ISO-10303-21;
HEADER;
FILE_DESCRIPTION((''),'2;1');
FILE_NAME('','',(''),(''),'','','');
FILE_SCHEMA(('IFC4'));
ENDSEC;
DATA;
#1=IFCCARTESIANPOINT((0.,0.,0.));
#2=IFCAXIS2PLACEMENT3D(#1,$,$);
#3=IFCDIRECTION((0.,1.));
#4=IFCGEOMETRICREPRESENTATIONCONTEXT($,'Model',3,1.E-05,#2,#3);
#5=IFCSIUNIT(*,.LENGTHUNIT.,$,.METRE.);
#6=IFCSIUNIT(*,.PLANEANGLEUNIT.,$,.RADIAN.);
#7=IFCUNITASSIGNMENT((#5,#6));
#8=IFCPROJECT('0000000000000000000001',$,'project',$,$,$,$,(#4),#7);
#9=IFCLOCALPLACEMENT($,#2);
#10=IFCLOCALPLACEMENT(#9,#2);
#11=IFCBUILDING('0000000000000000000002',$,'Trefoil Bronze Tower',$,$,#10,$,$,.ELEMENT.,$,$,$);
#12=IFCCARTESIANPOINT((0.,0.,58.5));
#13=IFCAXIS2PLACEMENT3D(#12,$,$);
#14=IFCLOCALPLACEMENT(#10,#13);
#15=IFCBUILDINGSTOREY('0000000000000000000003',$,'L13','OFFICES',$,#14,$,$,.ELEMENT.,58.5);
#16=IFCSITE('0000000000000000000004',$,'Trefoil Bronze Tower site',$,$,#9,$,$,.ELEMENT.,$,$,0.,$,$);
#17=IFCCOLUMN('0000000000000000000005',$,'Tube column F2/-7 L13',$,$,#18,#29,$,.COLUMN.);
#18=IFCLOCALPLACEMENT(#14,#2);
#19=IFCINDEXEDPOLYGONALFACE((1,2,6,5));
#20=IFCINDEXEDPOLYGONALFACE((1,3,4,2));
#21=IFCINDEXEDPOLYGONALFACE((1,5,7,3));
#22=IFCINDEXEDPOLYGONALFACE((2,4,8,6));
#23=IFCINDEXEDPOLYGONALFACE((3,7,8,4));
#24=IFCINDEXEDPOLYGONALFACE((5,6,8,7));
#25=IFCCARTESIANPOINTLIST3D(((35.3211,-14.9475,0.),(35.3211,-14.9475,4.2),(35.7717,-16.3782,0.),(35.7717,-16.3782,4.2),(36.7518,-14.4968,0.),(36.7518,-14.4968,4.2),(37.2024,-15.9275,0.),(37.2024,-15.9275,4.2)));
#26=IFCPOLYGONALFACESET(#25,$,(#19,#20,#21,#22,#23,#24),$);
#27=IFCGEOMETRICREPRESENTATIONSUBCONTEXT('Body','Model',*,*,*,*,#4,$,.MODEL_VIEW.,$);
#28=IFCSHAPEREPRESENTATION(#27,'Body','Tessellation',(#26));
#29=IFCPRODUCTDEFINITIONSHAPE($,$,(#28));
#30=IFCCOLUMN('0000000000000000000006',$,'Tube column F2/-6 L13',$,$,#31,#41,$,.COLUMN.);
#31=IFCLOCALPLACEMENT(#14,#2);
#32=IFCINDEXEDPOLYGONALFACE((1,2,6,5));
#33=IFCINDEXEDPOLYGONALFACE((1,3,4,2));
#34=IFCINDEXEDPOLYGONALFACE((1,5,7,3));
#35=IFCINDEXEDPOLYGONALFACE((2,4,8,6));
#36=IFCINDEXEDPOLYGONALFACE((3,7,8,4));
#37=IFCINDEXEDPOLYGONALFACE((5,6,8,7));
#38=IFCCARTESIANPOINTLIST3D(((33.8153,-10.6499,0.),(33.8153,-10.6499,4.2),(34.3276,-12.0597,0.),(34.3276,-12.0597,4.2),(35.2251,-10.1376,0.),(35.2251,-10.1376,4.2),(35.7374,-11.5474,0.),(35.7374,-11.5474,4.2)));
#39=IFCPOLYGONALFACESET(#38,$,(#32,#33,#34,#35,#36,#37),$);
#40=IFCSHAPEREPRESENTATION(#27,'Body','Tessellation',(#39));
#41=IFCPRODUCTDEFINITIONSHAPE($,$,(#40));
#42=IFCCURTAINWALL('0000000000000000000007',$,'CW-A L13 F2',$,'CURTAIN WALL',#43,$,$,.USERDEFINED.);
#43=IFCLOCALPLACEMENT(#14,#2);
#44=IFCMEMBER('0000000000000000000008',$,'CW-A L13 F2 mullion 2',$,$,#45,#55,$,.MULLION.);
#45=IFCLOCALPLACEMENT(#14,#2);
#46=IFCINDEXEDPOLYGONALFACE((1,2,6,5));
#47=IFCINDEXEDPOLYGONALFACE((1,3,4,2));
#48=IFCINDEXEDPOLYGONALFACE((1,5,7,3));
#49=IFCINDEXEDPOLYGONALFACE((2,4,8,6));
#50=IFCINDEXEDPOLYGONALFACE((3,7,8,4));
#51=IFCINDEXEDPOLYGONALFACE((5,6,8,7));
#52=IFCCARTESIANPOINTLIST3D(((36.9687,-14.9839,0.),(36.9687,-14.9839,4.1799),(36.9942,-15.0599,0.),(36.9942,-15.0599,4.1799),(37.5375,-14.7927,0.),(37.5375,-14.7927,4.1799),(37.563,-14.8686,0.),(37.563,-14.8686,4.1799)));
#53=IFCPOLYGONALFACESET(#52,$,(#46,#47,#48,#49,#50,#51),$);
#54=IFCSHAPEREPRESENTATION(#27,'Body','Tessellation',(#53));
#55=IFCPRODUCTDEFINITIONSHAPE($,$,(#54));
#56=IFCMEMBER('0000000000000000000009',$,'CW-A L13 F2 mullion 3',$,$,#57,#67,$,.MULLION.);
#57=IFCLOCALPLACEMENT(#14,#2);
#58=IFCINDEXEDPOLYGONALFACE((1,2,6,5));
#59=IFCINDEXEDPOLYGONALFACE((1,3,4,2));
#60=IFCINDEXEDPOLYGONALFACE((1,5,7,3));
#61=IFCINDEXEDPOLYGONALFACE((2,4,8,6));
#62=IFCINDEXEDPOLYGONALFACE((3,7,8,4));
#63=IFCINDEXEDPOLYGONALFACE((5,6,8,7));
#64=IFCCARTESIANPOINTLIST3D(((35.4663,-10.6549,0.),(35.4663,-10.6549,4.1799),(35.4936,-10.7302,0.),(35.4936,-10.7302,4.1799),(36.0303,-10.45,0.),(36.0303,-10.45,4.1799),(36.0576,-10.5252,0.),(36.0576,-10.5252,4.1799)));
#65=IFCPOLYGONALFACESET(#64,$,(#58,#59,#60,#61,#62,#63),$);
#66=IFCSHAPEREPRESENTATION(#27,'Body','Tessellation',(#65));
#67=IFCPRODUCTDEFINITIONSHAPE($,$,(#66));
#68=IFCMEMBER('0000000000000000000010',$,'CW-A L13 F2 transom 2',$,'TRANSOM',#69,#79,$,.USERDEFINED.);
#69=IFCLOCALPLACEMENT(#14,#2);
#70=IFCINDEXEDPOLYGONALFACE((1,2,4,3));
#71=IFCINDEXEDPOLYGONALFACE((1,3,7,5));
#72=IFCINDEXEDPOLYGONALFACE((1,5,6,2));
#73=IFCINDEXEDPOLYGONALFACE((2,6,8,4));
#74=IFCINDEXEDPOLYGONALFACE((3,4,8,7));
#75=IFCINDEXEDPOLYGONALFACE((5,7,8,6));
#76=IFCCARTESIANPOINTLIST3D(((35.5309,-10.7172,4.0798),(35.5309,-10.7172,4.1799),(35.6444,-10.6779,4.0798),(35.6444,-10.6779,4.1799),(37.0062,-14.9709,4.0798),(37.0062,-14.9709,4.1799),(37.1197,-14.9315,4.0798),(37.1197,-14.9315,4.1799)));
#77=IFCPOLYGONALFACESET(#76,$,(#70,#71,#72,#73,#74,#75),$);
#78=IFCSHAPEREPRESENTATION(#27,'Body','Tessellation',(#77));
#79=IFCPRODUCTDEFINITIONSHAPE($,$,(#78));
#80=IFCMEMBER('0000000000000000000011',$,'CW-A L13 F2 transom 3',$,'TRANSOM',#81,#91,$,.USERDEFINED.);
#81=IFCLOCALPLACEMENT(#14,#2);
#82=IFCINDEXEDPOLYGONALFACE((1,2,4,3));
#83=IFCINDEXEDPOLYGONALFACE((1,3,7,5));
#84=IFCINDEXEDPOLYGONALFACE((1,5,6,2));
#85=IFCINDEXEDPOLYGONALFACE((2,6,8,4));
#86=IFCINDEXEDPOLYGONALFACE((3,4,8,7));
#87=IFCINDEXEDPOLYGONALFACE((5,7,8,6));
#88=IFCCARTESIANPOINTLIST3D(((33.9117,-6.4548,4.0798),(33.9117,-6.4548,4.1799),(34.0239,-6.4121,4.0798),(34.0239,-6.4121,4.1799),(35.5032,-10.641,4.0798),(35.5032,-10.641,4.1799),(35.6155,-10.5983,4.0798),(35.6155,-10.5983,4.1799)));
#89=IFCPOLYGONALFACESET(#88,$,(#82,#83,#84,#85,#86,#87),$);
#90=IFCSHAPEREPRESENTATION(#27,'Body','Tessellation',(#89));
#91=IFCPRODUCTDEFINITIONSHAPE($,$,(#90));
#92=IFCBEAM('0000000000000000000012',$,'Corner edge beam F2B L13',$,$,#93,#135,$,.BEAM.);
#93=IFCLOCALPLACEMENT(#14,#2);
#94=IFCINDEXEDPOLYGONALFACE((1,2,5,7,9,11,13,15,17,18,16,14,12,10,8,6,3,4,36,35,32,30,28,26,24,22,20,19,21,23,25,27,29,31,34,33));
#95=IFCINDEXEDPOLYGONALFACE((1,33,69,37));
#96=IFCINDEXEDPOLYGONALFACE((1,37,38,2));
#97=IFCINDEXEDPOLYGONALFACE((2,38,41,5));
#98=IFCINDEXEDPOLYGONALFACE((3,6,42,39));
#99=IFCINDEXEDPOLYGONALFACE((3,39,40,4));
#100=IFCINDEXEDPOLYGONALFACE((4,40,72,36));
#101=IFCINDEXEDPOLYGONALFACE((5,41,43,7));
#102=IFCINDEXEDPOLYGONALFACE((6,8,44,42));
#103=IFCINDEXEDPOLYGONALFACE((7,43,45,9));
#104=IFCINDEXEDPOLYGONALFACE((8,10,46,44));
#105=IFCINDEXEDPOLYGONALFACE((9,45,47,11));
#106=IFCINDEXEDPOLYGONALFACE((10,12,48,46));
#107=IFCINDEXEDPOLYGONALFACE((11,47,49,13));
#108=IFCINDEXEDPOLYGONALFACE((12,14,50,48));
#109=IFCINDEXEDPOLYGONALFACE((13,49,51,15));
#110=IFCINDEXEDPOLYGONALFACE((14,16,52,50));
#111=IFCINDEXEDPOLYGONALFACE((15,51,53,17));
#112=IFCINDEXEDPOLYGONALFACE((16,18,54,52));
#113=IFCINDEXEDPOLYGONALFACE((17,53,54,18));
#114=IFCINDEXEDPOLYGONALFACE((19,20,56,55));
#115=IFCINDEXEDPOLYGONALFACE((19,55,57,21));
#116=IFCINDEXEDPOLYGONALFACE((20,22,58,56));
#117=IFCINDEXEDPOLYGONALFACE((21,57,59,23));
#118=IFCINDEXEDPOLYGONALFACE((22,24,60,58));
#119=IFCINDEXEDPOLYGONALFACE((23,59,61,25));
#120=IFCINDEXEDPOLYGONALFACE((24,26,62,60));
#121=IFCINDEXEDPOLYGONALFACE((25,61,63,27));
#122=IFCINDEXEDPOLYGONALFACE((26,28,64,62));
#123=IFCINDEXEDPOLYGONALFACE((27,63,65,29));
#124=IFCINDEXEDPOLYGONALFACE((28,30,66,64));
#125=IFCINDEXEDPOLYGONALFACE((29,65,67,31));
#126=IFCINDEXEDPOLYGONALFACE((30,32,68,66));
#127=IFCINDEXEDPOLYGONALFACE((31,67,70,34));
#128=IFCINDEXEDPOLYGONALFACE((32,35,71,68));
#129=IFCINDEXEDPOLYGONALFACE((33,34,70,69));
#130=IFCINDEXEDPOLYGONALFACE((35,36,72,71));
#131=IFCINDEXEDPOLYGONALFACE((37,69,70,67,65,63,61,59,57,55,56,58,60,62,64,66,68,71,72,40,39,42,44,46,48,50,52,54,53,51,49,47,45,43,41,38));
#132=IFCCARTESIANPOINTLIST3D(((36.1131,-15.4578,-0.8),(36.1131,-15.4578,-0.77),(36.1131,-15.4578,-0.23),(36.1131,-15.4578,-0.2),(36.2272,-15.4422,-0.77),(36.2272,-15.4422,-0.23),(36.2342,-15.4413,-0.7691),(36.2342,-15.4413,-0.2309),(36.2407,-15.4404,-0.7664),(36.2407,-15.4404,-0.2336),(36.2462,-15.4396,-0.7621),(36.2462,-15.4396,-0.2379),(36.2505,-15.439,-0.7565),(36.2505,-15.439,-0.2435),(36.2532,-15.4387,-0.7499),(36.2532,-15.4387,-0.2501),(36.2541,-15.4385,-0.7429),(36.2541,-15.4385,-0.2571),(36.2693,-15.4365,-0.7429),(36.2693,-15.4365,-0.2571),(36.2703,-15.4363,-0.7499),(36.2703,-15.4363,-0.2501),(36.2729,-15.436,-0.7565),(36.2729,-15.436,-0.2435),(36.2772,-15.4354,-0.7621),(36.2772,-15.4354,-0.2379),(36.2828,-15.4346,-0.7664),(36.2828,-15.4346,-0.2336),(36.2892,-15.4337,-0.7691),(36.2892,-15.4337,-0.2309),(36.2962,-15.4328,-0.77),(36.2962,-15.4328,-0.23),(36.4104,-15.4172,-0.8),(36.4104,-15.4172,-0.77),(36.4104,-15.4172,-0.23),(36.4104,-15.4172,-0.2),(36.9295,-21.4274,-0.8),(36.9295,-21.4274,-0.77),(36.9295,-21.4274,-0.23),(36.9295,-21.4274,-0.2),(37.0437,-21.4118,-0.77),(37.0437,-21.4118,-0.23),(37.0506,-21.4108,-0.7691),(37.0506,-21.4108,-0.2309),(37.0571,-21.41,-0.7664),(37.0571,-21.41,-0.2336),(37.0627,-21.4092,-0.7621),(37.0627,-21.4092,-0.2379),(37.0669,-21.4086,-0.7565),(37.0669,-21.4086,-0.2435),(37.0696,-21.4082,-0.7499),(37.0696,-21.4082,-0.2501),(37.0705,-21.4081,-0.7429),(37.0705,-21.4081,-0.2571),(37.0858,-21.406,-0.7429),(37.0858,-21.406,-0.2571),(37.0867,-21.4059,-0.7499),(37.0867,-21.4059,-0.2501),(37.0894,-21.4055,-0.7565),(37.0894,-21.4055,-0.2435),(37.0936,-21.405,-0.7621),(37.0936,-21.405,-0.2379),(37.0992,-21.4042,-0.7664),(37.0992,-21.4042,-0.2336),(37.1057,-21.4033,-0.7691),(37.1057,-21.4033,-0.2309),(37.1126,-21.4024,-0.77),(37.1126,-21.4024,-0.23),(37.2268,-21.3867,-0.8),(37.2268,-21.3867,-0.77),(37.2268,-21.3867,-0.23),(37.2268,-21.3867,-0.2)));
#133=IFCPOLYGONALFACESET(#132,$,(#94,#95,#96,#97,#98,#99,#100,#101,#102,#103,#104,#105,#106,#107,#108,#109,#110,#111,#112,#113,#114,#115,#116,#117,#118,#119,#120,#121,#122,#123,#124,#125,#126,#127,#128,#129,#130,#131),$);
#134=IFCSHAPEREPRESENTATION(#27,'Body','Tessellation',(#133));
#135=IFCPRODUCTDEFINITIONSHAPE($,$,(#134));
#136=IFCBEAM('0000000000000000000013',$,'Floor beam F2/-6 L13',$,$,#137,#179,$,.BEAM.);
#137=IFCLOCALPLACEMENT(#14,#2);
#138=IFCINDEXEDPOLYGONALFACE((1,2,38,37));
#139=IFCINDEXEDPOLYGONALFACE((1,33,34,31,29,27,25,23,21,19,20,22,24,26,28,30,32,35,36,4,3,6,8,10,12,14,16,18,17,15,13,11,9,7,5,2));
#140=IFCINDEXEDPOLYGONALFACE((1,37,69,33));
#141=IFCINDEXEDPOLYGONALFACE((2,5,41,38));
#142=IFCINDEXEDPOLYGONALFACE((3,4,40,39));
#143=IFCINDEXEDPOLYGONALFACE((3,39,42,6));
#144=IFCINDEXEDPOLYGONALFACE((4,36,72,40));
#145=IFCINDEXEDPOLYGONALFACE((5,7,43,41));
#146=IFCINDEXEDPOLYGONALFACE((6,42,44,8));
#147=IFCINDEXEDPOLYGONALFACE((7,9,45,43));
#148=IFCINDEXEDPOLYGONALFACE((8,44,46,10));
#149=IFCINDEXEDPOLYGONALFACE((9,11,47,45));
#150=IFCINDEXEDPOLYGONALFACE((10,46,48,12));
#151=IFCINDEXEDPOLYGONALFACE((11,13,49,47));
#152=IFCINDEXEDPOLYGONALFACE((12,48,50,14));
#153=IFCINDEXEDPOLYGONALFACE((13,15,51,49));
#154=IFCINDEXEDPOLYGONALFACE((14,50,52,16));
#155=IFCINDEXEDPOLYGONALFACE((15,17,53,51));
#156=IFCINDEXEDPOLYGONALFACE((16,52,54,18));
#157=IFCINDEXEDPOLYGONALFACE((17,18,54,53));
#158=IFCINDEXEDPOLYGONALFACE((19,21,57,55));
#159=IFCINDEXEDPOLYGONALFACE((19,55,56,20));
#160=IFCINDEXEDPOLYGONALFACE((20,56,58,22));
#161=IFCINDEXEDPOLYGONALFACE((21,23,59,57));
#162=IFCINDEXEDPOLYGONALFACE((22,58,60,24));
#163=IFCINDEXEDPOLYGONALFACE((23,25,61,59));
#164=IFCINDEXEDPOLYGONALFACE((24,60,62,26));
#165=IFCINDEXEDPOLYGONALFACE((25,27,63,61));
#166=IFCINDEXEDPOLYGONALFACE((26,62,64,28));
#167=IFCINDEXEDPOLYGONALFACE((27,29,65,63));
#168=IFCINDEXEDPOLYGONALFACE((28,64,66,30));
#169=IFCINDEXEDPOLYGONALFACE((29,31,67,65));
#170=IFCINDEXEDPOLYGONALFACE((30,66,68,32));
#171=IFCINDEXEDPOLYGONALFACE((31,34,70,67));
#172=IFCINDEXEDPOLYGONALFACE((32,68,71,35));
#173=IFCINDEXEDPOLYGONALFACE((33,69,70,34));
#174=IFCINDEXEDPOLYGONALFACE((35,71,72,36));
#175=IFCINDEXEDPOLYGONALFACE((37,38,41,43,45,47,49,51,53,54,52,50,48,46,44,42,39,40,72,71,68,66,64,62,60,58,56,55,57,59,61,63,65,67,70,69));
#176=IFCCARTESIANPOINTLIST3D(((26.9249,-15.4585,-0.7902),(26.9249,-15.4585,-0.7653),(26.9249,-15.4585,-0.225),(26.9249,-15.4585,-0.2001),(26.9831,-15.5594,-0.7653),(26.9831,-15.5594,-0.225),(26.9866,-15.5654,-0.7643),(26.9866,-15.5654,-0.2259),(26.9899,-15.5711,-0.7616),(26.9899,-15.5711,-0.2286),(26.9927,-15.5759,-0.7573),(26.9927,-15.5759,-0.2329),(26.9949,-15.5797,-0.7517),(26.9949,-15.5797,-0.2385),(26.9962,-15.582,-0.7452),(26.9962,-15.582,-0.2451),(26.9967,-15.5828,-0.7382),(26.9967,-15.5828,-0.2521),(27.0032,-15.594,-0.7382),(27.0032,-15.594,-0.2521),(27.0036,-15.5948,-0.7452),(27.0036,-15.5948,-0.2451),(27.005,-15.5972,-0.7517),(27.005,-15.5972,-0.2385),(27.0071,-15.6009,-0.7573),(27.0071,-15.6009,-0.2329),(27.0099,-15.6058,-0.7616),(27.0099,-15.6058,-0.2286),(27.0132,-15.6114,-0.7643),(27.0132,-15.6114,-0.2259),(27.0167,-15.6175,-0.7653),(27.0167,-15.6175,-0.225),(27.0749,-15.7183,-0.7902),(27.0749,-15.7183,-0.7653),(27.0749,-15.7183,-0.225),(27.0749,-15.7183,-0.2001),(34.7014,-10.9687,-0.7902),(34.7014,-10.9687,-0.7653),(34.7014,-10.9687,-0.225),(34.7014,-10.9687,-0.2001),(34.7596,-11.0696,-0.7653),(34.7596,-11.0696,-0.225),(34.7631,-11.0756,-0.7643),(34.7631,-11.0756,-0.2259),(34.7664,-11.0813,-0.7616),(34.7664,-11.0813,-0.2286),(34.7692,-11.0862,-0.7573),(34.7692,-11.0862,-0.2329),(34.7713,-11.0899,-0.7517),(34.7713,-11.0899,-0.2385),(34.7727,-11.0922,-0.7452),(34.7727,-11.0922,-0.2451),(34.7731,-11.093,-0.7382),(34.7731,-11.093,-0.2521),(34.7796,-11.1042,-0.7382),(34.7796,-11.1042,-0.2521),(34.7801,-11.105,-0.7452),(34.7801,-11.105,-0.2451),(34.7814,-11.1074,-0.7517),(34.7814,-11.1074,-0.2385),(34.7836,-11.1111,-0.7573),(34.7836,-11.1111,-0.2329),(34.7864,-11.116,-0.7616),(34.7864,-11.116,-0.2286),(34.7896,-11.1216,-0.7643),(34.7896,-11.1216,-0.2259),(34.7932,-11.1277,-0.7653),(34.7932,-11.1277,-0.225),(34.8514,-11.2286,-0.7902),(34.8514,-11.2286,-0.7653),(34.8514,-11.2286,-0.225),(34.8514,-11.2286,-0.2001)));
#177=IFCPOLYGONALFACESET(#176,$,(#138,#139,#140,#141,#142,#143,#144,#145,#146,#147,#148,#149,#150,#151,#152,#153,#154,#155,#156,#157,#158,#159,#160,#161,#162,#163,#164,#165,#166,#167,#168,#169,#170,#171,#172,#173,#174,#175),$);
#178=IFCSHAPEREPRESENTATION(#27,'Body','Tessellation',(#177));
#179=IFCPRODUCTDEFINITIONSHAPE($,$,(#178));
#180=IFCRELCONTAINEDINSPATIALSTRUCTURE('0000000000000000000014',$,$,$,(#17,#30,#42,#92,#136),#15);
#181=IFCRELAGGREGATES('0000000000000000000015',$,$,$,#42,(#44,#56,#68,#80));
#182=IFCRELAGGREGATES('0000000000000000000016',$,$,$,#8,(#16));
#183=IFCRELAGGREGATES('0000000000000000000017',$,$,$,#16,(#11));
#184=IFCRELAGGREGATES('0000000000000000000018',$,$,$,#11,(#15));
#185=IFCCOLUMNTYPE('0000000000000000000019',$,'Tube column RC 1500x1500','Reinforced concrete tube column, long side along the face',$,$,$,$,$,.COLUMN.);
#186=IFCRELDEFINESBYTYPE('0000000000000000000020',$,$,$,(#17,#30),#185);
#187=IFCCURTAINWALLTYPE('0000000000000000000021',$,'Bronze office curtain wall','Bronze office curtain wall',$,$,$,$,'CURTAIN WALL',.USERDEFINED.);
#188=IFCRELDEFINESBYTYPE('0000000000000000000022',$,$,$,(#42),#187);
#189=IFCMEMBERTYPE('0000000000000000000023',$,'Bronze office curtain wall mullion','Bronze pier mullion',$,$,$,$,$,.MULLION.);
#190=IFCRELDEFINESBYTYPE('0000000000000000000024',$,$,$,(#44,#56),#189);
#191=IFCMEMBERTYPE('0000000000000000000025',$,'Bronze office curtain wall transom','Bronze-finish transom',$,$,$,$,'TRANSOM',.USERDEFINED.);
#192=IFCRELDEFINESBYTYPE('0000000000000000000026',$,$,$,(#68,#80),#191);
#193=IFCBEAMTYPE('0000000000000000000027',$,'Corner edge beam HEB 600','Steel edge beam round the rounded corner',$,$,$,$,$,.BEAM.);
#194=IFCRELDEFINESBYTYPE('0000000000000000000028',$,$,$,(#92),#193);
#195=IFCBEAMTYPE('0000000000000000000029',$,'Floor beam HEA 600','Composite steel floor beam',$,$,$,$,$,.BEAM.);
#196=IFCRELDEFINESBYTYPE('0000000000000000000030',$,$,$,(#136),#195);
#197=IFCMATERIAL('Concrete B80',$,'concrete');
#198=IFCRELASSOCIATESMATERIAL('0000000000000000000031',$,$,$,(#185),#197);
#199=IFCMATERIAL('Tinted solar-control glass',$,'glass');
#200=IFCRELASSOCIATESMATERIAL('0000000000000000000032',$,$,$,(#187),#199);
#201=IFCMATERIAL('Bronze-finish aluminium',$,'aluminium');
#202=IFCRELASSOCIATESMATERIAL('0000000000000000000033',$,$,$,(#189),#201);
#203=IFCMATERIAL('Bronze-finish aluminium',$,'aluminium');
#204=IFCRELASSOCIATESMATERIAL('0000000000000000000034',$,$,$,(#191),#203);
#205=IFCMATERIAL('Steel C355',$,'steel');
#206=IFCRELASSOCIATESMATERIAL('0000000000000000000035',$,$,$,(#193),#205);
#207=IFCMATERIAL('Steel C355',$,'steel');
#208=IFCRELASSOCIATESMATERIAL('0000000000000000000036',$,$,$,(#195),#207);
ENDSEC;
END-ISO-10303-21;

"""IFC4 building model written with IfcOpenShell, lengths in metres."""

from ifc_helpers import new_model, si_unit, direction, frame, origin, origin_2d, place, context, subcontext, project, spatial, rectangle, i_section, extrude, material, material_profile, profile_set, type_object, element, aggregate, save


model = new_model("IFC4")

# Units and contexts
model_context = context("Model", 3, precision=1e-05, world=origin(), true_north=direction((0.0, 1.0)))
body_context = subcontext(model_context, "Body", "Model", "MODEL_VIEW")
ifc_project = project(units=[si_unit("LENGTHUNIT", "METRE"), si_unit("PLANEANGLEUNIT", "RADIAN")], contexts=[model_context])

# Site, building, storey
site_placement = place(None, origin())
site = spatial("IfcSite", under=ifc_project, at=site_placement, Name="Trefoil Bronze Tower site", CompositionType="ELEMENT", RefElevation=0.0)
building_placement = place(site_placement, origin())
building = spatial("IfcBuilding", under=site, at=building_placement, Name="Trefoil Bronze Tower", CompositionType="ELEMENT")
storey_placement = place(building_placement, frame((0.0, 0.0, 58.5)))
storey = spatial("IfcBuildingStorey", under=building, at=storey_placement, Name="L13", Description="OFFICES", CompositionType="ELEMENT", Elevation=58.5)

# Columns
ifc_material_1 = material(Name="Concrete B80", Category="concrete")
ifc_material_profile_1 = material_profile(ifc_material_1, rectangle(XDim=1.5, YDim=1.5, at=origin_2d()), Name="RC 1500x1500")
ifc_profile_set_1 = profile_set([ifc_material_profile_1], Name="Concrete B80")
column_type = type_object("IfcColumnType", Name="Tube column RC 1500x1500", Description="Reinforced concrete tube column, long side along the face", PredefinedType="COLUMN", material=ifc_profile_set_1)
for number, where, z_axis, x_axis, name in (
    (1, (36.2617, -15.4375, 0.0), (0.0, 0.0, 1.0), (-0.300414, 0.953809, 0.0), "Tube column F2/-7 L13"),
    (2, (34.7764, -11.0986, 0.0), (0.0, 0.0, 1.0), (-0.341559, 0.93986, 0.0), "Tube column F2/-6 L13"),
):
    element("IfcColumn", number, at=place(storey_placement, frame(where, z_axis=z_axis, x_axis=x_axis)), inside=storey, type_object=column_type, Name=name, PredefinedType="COLUMN", context=body_context, shape_type="SweptSolid", body=[
        extrude(rectangle(XDim=1.5, YDim=1.5, at=origin_2d()), origin(), (0.0, 0.0, 1.0), 4.2),
    ])

# Curtain wall, members
ifc_material_2 = material(Name="Tinted solar-control glass", Category="glass")
curtain_wall_type = type_object("IfcCurtainWallType", Name="Bronze office curtain wall", Description="Bronze office curtain wall", ElementType="CURTAIN WALL", PredefinedType="USERDEFINED", material=ifc_material_2)
curtain_wall_placement = place(storey_placement, origin())
curtain_wall = element("IfcCurtainWall", 3, at=curtain_wall_placement, inside=storey, type_object=curtain_wall_type, Name="CW-A L13 F2", ObjectType="CURTAIN WALL", PredefinedType="USERDEFINED")
ifc_material_3 = material(Name="Bronze-finish aluminium", Category="aluminium")
ifc_material_profile_2 = material_profile(ifc_material_3, rectangle(XDim=0.6001, YDim=0.0801, at=origin_2d()), Name="CW-A mullion")
ifc_profile_set_2 = profile_set([ifc_material_profile_2], Name="Bronze-finish aluminium")
member_type_1 = type_object("IfcMemberType", Name="Bronze office curtain wall mullion", Description="Bronze pier mullion", PredefinedType="MULLION", material=ifc_profile_set_2)
member_1_placement = place(storey_placement, frame((37.2659, -14.9263, 0.0), z_axis=(0.0, 0.0, 1.0), x_axis=(-0.947851, -0.318715, 0.0)))
member_1 = element("IfcMember", 4, at=member_1_placement, type_object=member_type_1, Name="CW-A L13 F2 mullion 2", PredefinedType="MULLION", context=body_context, shape_type="SweptSolid", body=[
    extrude(rectangle(XDim=0.6001, YDim=0.0801, at=origin_2d()), origin(), (0.0, 0.0, 1.0), 4.1799),
])
member_2_placement = place(storey_placement, frame((35.762, -10.5901, 0.0), z_axis=(0.0, 0.0, 1.0), x_axis=(-0.93986, -0.341559, 0.0)))
member_2 = element("IfcMember", 5, at=member_2_placement, type_object=member_type_1, Name="CW-A L13 F2 mullion 3", PredefinedType="MULLION", context=body_context, shape_type="SweptSolid", body=[
    extrude(rectangle(XDim=0.6001, YDim=0.0801, at=origin_2d()), origin(), (0.0, 0.0, 1.0), 4.1799),
])
ifc_material_4 = material(Name="Bronze-finish aluminium", Category="aluminium")
ifc_material_profile_3 = material_profile(ifc_material_4, rectangle(XDim=0.1201, YDim=0.1001, at=origin_2d()), Name="CW-A transom")
ifc_profile_set_3 = profile_set([ifc_material_profile_3], Name="Bronze-finish aluminium")
member_type_2 = type_object("IfcMemberType", Name="Bronze office curtain wall transom", Description="Bronze-finish transom", ElementType="TRANSOM", PredefinedType="USERDEFINED", material=ifc_profile_set_3)
member_3_placement = place(storey_placement, frame((37.063, -14.9512, 4.1299), z_axis=(-0.32769, 0.944785, 0.0), x_axis=(-0.944785, -0.32769, 0.0)))
member_3 = element("IfcMember", 6, at=member_3_placement, type_object=member_type_2, Name="CW-A L13 F2 transom 2", ObjectType="TRANSOM", PredefinedType="USERDEFINED", context=body_context, shape_type="SweptSolid", body=[
    extrude(rectangle(XDim=0.1201, YDim=0.1001, at=origin_2d()), origin(), (0.0, 0.0, 1.0), 4.5022),
])
member_4_placement = place(storey_placement, frame((35.5593, -10.6196, 4.1299), z_axis=(-0.355367, 0.934727, 0.0), x_axis=(-0.934727, -0.355367, 0.0)))
member_4 = element("IfcMember", 7, at=member_4_placement, type_object=member_type_2, Name="CW-A L13 F2 transom 3", ObjectType="TRANSOM", PredefinedType="USERDEFINED", context=body_context, shape_type="SweptSolid", body=[
    extrude(rectangle(XDim=0.1201, YDim=0.1001, at=origin_2d()), origin(), (0.0, 0.0, 1.0), 4.4785),
])

# Beams
ifc_material_5 = material(Name="Steel C355", Category="steel")
ifc_material_profile_4 = material_profile(ifc_material_5, i_section(OverallWidth=0.3, OverallDepth=0.6001, WebThickness=0.0154, FlangeThickness=0.03, FilletRadius=0.0271, at=origin_2d()), Name="HEB 600")
ifc_profile_set_4 = profile_set([ifc_material_profile_4], Name="Steel C355")
beam_type_1 = type_object("IfcBeamType", Name="Corner edge beam HEB 600", Description="Steel edge beam round the rounded corner", PredefinedType="BEAM", material=ifc_profile_set_4)
beam_1_placement = place(storey_placement, frame((36.2617, -15.4375, -0.5), z_axis=(0.135502, -0.990777, 0.0), x_axis=(0.990777, 0.135502, 0.0)))
element("IfcBeam", 8, at=beam_1_placement, inside=storey, type_object=beam_type_1, Name="Corner edge beam F2B L13", PredefinedType="BEAM", context=body_context, shape_type="SweptSolid", body=[
    extrude(i_section(OverallWidth=0.3, OverallDepth=0.6001, WebThickness=0.0154, FlangeThickness=0.03, FilletRadius=0.0271, at=origin_2d()), origin(), (0.0, 0.0, 1.0), 6.0251),
])
ifc_material_6 = material(Name="Steel C355", Category="steel")
ifc_material_profile_5 = material_profile(ifc_material_6, i_section(OverallWidth=0.3, OverallDepth=0.5901, WebThickness=0.0129, FlangeThickness=0.0249, FilletRadius=0.0271, at=origin_2d()), Name="HEA 600")
ifc_profile_set_5 = profile_set([ifc_material_profile_5], Name="Steel C355")
beam_type_2 = type_object("IfcBeamType", Name="Floor beam HEA 600", Description="Composite steel floor beam", PredefinedType="BEAM", material=ifc_profile_set_5)
beam_2_placement = place(storey_placement, frame((34.7764, -11.0986, -0.4951), z_axis=(-0.866023, -0.500005, 0.0), x_axis=(0.500005, -0.866023, 0.0)))
element("IfcBeam", 9, at=beam_2_placement, inside=storey, type_object=beam_type_2, Name="Floor beam F2/-6 L13", PredefinedType="BEAM", context=body_context, shape_type="SweptSolid", body=[
    extrude(i_section(OverallWidth=0.3, OverallDepth=0.5901, WebThickness=0.0129, FlangeThickness=0.0249, FilletRadius=0.0271, at=origin_2d()), origin(), (0.0, 0.0, 1.0), 8.9795),
])

aggregate(curtain_wall, [member_1, member_2, member_3, member_4])

save(model, "model.ifc")
